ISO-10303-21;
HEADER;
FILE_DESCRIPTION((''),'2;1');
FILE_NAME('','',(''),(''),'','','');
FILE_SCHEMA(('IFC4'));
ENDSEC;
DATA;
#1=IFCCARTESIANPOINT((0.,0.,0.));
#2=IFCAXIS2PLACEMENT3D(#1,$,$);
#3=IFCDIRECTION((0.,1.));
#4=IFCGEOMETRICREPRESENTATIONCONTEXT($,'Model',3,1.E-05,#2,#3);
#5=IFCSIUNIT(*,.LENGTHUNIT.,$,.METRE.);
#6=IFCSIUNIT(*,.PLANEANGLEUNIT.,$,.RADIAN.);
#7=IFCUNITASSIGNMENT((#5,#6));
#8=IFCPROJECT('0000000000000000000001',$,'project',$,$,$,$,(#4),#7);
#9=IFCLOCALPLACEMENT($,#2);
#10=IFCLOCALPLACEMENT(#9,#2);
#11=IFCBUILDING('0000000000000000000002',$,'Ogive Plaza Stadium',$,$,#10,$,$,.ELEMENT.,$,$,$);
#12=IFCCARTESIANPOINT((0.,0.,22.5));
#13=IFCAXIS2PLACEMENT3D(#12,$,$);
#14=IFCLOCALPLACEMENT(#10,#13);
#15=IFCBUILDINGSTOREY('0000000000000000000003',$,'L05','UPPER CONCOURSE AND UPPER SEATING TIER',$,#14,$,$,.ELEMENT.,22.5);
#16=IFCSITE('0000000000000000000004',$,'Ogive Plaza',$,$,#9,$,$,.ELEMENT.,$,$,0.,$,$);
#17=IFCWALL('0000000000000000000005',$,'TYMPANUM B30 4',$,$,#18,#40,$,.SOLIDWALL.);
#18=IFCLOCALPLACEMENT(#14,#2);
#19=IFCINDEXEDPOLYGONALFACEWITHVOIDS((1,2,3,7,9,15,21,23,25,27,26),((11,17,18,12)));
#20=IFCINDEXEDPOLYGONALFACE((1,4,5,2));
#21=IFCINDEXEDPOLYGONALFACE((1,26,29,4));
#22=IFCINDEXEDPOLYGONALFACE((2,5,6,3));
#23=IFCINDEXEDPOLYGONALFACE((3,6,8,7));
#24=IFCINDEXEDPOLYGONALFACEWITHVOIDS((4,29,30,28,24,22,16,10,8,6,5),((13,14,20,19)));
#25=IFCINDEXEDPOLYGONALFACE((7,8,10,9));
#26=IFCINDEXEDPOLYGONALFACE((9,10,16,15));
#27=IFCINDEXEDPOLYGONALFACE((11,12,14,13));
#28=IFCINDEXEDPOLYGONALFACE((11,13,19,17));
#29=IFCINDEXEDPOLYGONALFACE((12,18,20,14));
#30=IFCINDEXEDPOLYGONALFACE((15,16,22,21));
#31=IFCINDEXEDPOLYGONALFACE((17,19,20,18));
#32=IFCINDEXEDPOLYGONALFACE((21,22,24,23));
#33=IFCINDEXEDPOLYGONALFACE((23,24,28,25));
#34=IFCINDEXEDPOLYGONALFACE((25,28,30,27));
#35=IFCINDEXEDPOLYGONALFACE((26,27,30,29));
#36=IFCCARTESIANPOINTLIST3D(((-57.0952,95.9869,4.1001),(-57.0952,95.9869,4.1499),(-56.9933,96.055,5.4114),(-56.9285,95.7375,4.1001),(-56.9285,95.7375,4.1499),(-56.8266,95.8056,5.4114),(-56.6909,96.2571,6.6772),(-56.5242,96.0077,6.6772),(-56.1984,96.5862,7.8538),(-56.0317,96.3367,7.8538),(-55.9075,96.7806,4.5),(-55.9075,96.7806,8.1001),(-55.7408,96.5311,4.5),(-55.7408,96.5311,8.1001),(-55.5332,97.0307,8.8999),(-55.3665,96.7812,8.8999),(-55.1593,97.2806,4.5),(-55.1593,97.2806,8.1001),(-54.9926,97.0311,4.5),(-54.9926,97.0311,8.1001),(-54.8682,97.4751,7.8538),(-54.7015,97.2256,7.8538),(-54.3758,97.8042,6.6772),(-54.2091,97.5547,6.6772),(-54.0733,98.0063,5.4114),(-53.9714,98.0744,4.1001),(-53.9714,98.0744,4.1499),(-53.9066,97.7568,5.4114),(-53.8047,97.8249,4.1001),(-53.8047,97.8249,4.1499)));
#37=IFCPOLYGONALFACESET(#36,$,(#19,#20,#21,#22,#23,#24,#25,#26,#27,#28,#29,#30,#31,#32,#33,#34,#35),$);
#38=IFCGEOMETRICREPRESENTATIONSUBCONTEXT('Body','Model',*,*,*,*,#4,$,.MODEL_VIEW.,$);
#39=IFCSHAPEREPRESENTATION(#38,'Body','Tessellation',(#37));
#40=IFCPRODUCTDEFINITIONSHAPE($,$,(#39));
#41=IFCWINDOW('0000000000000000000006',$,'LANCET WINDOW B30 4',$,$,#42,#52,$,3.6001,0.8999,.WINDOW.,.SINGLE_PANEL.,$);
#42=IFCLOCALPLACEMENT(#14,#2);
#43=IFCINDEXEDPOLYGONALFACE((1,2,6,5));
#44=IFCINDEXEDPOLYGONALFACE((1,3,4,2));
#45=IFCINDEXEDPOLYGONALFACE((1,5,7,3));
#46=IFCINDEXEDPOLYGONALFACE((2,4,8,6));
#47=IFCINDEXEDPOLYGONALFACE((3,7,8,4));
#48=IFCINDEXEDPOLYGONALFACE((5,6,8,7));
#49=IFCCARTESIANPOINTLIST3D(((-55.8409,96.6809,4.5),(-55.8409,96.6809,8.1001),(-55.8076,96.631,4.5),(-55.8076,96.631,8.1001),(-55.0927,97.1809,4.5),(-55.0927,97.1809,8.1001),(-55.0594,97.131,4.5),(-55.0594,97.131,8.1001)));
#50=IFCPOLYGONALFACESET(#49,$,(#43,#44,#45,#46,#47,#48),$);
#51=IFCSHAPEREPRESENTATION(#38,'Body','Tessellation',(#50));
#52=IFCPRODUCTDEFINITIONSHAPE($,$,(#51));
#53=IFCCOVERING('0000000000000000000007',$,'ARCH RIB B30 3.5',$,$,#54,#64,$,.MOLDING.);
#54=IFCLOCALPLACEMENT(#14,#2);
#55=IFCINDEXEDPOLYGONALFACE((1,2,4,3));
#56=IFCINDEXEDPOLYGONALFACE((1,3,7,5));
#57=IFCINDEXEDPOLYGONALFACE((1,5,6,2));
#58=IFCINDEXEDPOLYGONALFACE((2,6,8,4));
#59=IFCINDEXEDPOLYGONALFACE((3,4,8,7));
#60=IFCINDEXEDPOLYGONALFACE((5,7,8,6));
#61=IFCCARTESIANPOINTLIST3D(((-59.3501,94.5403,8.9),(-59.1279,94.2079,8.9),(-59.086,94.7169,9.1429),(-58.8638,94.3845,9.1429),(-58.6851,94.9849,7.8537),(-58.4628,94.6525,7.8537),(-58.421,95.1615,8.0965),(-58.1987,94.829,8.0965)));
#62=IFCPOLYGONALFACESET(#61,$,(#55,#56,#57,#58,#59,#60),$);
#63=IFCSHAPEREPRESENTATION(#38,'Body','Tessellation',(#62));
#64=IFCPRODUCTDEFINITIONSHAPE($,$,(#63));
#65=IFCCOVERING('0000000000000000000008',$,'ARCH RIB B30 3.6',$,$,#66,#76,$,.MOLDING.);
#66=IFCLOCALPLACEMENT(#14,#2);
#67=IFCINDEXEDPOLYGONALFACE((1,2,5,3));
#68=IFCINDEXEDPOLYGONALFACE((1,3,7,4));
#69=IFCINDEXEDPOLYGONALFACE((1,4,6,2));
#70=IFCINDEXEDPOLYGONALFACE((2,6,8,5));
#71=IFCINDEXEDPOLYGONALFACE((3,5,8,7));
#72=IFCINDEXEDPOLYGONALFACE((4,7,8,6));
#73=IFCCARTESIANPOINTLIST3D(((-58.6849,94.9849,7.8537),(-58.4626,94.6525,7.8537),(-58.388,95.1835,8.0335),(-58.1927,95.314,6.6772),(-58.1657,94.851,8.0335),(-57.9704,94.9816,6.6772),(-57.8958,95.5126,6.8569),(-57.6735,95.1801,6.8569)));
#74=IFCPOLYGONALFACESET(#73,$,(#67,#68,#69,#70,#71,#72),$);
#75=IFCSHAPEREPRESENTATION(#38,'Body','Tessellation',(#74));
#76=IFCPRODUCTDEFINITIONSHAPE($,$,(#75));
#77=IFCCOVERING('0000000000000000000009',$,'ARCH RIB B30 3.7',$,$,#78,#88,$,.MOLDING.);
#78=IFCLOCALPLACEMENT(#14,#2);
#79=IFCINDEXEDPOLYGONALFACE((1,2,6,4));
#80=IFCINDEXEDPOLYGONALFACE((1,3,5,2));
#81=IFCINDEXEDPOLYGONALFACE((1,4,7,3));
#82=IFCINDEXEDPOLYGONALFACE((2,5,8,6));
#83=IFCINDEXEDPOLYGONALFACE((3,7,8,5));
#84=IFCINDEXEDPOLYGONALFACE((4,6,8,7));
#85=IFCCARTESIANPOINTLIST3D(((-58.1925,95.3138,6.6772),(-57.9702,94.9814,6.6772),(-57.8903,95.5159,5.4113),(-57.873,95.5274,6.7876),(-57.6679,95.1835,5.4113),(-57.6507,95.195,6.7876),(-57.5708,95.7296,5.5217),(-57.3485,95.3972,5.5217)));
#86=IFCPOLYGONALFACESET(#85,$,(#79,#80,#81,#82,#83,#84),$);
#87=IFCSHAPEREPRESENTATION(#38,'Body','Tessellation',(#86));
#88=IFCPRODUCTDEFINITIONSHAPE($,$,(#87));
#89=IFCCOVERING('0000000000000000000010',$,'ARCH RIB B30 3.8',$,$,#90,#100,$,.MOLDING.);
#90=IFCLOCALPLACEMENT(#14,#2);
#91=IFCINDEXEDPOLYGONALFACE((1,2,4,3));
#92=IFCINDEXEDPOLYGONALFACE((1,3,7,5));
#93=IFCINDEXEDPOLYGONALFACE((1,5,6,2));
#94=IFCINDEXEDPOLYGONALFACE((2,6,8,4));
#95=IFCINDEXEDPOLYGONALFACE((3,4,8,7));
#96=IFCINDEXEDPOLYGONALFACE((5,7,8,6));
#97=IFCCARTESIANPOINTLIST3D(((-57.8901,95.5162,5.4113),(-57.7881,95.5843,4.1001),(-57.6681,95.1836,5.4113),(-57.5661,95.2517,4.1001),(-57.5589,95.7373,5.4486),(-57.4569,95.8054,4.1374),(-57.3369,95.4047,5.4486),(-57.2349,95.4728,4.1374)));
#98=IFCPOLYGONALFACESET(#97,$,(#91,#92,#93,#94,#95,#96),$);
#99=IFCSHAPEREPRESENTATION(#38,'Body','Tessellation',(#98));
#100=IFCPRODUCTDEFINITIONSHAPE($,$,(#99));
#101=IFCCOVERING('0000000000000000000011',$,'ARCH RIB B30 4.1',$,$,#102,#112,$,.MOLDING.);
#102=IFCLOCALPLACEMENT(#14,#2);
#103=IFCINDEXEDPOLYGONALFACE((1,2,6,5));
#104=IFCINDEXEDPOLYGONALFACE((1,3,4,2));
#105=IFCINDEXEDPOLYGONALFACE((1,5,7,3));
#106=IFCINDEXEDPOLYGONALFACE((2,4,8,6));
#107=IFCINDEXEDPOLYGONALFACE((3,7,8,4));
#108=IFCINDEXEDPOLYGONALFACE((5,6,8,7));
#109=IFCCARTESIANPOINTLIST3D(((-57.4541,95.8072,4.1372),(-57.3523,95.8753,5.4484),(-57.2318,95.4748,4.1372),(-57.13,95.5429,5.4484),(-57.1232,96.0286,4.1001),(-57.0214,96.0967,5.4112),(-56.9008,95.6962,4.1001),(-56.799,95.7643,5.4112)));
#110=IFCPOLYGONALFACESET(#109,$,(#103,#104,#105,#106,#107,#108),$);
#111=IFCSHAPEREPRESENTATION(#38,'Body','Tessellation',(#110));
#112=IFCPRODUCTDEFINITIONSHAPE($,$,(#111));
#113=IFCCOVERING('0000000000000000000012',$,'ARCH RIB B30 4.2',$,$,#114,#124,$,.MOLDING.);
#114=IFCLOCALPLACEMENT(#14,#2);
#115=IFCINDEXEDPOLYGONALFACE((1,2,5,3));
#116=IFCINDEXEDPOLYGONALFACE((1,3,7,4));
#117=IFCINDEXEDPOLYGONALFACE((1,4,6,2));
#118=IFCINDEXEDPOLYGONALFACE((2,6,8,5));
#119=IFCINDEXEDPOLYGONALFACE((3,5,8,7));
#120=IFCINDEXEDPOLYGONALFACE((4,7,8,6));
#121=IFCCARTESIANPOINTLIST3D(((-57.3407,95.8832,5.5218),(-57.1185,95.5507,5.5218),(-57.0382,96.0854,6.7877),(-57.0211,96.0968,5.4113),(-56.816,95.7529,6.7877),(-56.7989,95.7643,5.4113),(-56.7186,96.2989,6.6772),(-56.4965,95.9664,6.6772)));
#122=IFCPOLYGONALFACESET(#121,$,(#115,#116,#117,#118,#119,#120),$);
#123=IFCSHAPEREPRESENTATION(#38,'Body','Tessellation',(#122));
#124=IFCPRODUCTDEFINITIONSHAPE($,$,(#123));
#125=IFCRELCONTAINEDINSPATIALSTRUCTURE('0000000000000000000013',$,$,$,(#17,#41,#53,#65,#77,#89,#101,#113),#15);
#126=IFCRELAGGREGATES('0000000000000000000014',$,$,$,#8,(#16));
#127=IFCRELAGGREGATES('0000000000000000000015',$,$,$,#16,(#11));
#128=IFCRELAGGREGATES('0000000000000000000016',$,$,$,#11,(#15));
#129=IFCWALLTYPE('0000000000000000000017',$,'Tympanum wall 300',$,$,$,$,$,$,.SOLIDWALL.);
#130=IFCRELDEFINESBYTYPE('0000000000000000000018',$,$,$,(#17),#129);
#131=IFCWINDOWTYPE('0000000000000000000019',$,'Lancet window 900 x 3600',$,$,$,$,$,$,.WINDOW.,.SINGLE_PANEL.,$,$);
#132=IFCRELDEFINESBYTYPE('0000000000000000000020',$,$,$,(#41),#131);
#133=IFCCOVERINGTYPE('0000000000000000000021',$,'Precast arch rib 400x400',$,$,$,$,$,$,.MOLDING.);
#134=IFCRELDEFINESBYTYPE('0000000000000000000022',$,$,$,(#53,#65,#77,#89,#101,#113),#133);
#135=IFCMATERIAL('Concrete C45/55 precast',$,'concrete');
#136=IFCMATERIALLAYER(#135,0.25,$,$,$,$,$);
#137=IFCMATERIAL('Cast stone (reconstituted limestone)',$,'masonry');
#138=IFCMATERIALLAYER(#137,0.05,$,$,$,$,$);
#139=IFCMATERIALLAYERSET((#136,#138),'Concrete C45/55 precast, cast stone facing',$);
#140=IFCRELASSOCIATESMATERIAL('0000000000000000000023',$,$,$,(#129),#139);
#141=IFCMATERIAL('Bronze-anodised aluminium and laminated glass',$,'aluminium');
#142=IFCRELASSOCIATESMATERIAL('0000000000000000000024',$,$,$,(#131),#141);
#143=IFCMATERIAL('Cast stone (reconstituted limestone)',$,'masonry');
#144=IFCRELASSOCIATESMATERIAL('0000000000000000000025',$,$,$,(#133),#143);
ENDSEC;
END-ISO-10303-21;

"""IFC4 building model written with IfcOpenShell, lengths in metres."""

from ifc_helpers import new_model, si_unit, direction, frame, frame_2d, origin, origin_2d, place, context, subcontext, project, spatial, polyline, rectangle, outline, extrude, material, layer, layer_set, material_profile, profile_set, type_object, element, fill, save


model = new_model("IFC4")

# Units and contexts
model_context = context("Model", 3, precision=1e-05, world=origin(), true_north=direction((0.0, 1.0)))
body_context = subcontext(model_context, "Body", "Model", "MODEL_VIEW")
ifc_project = project(units=[si_unit("LENGTHUNIT", "METRE"), si_unit("PLANEANGLEUNIT", "RADIAN")], contexts=[model_context])

# Site, building, storey
site_placement = place(None, origin())
site = spatial("IfcSite", under=ifc_project, at=site_placement, Name="Ogive Plaza", CompositionType="ELEMENT", RefElevation=0.0)
building_placement = place(site_placement, origin())
building = spatial("IfcBuilding", under=site, at=building_placement, Name="Ogive Plaza Stadium", CompositionType="ELEMENT")
storey_placement = place(building_placement, frame((0.0, 0.0, 22.5)))
storey = spatial("IfcBuildingStorey", under=building, at=storey_placement, Name="L05", Description="UPPER CONCOURSE AND UPPER SEATING TIER", CompositionType="ELEMENT", Elevation=22.5)

# Wall, opening, window
ifc_material_1 = material(Name="Concrete C45/55 precast", Category="concrete")
ifc_layer_1 = layer(ifc_material_1, 0.25)
ifc_material_2 = material(Name="Cast stone (reconstituted limestone)", Category="masonry")
ifc_layer_2 = layer(ifc_material_2, 0.05)
ifc_layer_set_1 = layer_set([ifc_layer_1, ifc_layer_2], Name="Concrete C45/55 precast, cast stone facing")
wall_type = type_object("IfcWallType", Name="Tympanum wall 300", PredefinedType="SOLIDWALL", material=ifc_layer_set_1)
wall_placement = place(storey_placement, frame((-57.012, 95.8623, 4.1001), z_axis=(0.0, 0.0, 1.0), x_axis=(0.83145, 0.5556, 0.0)))
wall = element("IfcWall", 1, at=wall_placement, inside=storey, type_object=wall_type, Name="TYMPANUM B30 4", PredefinedType="SOLIDWALL", context=body_context, shape_type="SweptSolid", body=[
    extrude(outline(polyline([(0.0, 0.0), (3.7571, 0.0), (3.7571, 0.0498), (3.6345, 1.3113), (3.2708, 2.5771), (2.6785, 3.7537), (1.8787, 4.7998), (1.0786, 3.7537), (0.4863, 2.5771), (0.1226, 1.3113), (0.0, 0.0498), (0.0, 0.0)])), frame((0.0, 0.1499, 0.0), z_axis=(0.0, -1.0, 0.0), x_axis=(1.0, 0.0, 0.0)), (0.0, 0.0, 1.0), 0.3),
])
opening_placement = place(wall_placement, frame((1.4285, 0.0, 0.3999)))
opening = element("IfcOpeningElement", 2, at=opening_placement, cuts=wall, PredefinedType="OPENING", context=body_context, shape_type="SweptSolid", body=[
    extrude(rectangle(XDim=0.8999, YDim=3.6001, at=frame_2d((0.45, 1.8))), frame((0.0, 0.1602, 0.0), z_axis=(0.0, -1.0, 0.0), x_axis=(1.0, 0.0, 0.0)), (0.0, 0.0, 1.0), 0.3201),
])
ifc_material_3 = material(Name="Bronze-anodised aluminium and laminated glass", Category="aluminium")
window_type = type_object("IfcWindowType", Name="Lancet window 900 x 3600", PartitioningType="SINGLE_PANEL", PredefinedType="WINDOW", material=ifc_material_3)
window_placement = place(opening_placement, origin())
window = element("IfcWindow", 3, at=window_placement, inside=storey, type_object=window_type, Name="LANCET WINDOW B30 4", OverallHeight=3.6001, OverallWidth=0.8999, PartitioningType="SINGLE_PANEL", PredefinedType="WINDOW", context=body_context, shape_type="SweptSolid", body=[
    extrude(rectangle(XDim=0.8999, YDim=3.6001, at=frame_2d((0.45, 1.8))), frame((0.0, 0.03, 0.0), z_axis=(0.0, -1.0, 0.0), x_axis=(1.0, 0.0, 0.0)), (0.0, 0.0, 1.0), 0.0601),
])
fill(opening, window)

# Coverings
ifc_material_4 = material(Name="Cast stone (reconstituted limestone)", Category="masonry")
ifc_material_profile_1 = material_profile(ifc_material_4, rectangle(XDim=0.3999, YDim=0.3999, at=origin_2d()), Name="Cast stone 400x400")
ifc_profile_set_1 = profile_set([ifc_material_profile_1], Name="Cast stone (reconstituted limestone)")
covering_type = type_object("IfcCoveringType", Name="Precast arch rib 400x400", PredefinedType="MOLDING", material=ifc_profile_set_1)
for number, where, z_axis, x_axis, name in (
    (4, (-59.1069, 94.4624, 9.0215), (0.504912, 0.337535, -0.794439), (-0.555756, 0.831345, 0.0), "ARCH RIB B30 3.5"),
    (5, (-58.4253, 94.918, 7.9436), (0.373692, 0.249869, -0.893264), (-0.555842, 0.831288, 0.0), "ARCH RIB B30 3.6"),
    (6, (-57.9216, 95.2544, 6.7324), (0.229486, 0.153485, -0.961134), (-0.555939, 0.831223, 0.0), "ARCH RIB B30 3.7"),
):
    element("IfcCovering", number, at=place(storey_placement, frame(where, z_axis=z_axis, x_axis=x_axis)), inside=storey, type_object=covering_type, Name=name, PredefinedType="MOLDING", context=body_context, shape_type="SweptSolid", body=[
        extrude(rectangle(XDim=0.3999, YDim=0.3999, at=origin_2d()), origin(), (0.0, 0.0, 1.0), 1.3171),
    ])
for number, where, z_axis, x_axis, name in (
    (7, (-57.6135, 95.4604, 5.4299), (0.077487, 0.05172, -0.995651), (-0.555159, 0.831744, 0.0), "ARCH RIB B30 3.8"),
    (8, (-57.1775, 95.7517, 4.1187), (0.077303, 0.05172, 0.995665), (-0.556079, 0.831129, 0.0), "ARCH RIB B30 4.1"),
):
    element("IfcCovering", number, at=place(storey_placement, frame(where, z_axis=z_axis, x_axis=x_axis)), inside=storey, type_object=covering_type, Name=name, PredefinedType="MOLDING", context=body_context, shape_type="SweptSolid", body=[
        extrude(rectangle(XDim=0.3999, YDim=0.3999, at=origin_2d()), origin(), (0.0, 0.0, 1.0), 1.3169),
    ])
covering_placement = place(storey_placement, frame((-57.0698, 95.8237, 5.4666), z_axis=(0.229661, 0.153478, 0.961093), x_axis=(-0.555629, 0.83143, 0.0)))
element("IfcCovering", 9, at=covering_placement, inside=storey, type_object=covering_type, Name="ARCH RIB B30 4.2", PredefinedType="MOLDING", context=body_context, shape_type="SweptSolid", body=[
    extrude(rectangle(XDim=0.3999, YDim=0.3999, at=origin_2d()), origin(), (0.0, 0.0, 1.0), 1.3171),
])

save(model, "model.ifc")
